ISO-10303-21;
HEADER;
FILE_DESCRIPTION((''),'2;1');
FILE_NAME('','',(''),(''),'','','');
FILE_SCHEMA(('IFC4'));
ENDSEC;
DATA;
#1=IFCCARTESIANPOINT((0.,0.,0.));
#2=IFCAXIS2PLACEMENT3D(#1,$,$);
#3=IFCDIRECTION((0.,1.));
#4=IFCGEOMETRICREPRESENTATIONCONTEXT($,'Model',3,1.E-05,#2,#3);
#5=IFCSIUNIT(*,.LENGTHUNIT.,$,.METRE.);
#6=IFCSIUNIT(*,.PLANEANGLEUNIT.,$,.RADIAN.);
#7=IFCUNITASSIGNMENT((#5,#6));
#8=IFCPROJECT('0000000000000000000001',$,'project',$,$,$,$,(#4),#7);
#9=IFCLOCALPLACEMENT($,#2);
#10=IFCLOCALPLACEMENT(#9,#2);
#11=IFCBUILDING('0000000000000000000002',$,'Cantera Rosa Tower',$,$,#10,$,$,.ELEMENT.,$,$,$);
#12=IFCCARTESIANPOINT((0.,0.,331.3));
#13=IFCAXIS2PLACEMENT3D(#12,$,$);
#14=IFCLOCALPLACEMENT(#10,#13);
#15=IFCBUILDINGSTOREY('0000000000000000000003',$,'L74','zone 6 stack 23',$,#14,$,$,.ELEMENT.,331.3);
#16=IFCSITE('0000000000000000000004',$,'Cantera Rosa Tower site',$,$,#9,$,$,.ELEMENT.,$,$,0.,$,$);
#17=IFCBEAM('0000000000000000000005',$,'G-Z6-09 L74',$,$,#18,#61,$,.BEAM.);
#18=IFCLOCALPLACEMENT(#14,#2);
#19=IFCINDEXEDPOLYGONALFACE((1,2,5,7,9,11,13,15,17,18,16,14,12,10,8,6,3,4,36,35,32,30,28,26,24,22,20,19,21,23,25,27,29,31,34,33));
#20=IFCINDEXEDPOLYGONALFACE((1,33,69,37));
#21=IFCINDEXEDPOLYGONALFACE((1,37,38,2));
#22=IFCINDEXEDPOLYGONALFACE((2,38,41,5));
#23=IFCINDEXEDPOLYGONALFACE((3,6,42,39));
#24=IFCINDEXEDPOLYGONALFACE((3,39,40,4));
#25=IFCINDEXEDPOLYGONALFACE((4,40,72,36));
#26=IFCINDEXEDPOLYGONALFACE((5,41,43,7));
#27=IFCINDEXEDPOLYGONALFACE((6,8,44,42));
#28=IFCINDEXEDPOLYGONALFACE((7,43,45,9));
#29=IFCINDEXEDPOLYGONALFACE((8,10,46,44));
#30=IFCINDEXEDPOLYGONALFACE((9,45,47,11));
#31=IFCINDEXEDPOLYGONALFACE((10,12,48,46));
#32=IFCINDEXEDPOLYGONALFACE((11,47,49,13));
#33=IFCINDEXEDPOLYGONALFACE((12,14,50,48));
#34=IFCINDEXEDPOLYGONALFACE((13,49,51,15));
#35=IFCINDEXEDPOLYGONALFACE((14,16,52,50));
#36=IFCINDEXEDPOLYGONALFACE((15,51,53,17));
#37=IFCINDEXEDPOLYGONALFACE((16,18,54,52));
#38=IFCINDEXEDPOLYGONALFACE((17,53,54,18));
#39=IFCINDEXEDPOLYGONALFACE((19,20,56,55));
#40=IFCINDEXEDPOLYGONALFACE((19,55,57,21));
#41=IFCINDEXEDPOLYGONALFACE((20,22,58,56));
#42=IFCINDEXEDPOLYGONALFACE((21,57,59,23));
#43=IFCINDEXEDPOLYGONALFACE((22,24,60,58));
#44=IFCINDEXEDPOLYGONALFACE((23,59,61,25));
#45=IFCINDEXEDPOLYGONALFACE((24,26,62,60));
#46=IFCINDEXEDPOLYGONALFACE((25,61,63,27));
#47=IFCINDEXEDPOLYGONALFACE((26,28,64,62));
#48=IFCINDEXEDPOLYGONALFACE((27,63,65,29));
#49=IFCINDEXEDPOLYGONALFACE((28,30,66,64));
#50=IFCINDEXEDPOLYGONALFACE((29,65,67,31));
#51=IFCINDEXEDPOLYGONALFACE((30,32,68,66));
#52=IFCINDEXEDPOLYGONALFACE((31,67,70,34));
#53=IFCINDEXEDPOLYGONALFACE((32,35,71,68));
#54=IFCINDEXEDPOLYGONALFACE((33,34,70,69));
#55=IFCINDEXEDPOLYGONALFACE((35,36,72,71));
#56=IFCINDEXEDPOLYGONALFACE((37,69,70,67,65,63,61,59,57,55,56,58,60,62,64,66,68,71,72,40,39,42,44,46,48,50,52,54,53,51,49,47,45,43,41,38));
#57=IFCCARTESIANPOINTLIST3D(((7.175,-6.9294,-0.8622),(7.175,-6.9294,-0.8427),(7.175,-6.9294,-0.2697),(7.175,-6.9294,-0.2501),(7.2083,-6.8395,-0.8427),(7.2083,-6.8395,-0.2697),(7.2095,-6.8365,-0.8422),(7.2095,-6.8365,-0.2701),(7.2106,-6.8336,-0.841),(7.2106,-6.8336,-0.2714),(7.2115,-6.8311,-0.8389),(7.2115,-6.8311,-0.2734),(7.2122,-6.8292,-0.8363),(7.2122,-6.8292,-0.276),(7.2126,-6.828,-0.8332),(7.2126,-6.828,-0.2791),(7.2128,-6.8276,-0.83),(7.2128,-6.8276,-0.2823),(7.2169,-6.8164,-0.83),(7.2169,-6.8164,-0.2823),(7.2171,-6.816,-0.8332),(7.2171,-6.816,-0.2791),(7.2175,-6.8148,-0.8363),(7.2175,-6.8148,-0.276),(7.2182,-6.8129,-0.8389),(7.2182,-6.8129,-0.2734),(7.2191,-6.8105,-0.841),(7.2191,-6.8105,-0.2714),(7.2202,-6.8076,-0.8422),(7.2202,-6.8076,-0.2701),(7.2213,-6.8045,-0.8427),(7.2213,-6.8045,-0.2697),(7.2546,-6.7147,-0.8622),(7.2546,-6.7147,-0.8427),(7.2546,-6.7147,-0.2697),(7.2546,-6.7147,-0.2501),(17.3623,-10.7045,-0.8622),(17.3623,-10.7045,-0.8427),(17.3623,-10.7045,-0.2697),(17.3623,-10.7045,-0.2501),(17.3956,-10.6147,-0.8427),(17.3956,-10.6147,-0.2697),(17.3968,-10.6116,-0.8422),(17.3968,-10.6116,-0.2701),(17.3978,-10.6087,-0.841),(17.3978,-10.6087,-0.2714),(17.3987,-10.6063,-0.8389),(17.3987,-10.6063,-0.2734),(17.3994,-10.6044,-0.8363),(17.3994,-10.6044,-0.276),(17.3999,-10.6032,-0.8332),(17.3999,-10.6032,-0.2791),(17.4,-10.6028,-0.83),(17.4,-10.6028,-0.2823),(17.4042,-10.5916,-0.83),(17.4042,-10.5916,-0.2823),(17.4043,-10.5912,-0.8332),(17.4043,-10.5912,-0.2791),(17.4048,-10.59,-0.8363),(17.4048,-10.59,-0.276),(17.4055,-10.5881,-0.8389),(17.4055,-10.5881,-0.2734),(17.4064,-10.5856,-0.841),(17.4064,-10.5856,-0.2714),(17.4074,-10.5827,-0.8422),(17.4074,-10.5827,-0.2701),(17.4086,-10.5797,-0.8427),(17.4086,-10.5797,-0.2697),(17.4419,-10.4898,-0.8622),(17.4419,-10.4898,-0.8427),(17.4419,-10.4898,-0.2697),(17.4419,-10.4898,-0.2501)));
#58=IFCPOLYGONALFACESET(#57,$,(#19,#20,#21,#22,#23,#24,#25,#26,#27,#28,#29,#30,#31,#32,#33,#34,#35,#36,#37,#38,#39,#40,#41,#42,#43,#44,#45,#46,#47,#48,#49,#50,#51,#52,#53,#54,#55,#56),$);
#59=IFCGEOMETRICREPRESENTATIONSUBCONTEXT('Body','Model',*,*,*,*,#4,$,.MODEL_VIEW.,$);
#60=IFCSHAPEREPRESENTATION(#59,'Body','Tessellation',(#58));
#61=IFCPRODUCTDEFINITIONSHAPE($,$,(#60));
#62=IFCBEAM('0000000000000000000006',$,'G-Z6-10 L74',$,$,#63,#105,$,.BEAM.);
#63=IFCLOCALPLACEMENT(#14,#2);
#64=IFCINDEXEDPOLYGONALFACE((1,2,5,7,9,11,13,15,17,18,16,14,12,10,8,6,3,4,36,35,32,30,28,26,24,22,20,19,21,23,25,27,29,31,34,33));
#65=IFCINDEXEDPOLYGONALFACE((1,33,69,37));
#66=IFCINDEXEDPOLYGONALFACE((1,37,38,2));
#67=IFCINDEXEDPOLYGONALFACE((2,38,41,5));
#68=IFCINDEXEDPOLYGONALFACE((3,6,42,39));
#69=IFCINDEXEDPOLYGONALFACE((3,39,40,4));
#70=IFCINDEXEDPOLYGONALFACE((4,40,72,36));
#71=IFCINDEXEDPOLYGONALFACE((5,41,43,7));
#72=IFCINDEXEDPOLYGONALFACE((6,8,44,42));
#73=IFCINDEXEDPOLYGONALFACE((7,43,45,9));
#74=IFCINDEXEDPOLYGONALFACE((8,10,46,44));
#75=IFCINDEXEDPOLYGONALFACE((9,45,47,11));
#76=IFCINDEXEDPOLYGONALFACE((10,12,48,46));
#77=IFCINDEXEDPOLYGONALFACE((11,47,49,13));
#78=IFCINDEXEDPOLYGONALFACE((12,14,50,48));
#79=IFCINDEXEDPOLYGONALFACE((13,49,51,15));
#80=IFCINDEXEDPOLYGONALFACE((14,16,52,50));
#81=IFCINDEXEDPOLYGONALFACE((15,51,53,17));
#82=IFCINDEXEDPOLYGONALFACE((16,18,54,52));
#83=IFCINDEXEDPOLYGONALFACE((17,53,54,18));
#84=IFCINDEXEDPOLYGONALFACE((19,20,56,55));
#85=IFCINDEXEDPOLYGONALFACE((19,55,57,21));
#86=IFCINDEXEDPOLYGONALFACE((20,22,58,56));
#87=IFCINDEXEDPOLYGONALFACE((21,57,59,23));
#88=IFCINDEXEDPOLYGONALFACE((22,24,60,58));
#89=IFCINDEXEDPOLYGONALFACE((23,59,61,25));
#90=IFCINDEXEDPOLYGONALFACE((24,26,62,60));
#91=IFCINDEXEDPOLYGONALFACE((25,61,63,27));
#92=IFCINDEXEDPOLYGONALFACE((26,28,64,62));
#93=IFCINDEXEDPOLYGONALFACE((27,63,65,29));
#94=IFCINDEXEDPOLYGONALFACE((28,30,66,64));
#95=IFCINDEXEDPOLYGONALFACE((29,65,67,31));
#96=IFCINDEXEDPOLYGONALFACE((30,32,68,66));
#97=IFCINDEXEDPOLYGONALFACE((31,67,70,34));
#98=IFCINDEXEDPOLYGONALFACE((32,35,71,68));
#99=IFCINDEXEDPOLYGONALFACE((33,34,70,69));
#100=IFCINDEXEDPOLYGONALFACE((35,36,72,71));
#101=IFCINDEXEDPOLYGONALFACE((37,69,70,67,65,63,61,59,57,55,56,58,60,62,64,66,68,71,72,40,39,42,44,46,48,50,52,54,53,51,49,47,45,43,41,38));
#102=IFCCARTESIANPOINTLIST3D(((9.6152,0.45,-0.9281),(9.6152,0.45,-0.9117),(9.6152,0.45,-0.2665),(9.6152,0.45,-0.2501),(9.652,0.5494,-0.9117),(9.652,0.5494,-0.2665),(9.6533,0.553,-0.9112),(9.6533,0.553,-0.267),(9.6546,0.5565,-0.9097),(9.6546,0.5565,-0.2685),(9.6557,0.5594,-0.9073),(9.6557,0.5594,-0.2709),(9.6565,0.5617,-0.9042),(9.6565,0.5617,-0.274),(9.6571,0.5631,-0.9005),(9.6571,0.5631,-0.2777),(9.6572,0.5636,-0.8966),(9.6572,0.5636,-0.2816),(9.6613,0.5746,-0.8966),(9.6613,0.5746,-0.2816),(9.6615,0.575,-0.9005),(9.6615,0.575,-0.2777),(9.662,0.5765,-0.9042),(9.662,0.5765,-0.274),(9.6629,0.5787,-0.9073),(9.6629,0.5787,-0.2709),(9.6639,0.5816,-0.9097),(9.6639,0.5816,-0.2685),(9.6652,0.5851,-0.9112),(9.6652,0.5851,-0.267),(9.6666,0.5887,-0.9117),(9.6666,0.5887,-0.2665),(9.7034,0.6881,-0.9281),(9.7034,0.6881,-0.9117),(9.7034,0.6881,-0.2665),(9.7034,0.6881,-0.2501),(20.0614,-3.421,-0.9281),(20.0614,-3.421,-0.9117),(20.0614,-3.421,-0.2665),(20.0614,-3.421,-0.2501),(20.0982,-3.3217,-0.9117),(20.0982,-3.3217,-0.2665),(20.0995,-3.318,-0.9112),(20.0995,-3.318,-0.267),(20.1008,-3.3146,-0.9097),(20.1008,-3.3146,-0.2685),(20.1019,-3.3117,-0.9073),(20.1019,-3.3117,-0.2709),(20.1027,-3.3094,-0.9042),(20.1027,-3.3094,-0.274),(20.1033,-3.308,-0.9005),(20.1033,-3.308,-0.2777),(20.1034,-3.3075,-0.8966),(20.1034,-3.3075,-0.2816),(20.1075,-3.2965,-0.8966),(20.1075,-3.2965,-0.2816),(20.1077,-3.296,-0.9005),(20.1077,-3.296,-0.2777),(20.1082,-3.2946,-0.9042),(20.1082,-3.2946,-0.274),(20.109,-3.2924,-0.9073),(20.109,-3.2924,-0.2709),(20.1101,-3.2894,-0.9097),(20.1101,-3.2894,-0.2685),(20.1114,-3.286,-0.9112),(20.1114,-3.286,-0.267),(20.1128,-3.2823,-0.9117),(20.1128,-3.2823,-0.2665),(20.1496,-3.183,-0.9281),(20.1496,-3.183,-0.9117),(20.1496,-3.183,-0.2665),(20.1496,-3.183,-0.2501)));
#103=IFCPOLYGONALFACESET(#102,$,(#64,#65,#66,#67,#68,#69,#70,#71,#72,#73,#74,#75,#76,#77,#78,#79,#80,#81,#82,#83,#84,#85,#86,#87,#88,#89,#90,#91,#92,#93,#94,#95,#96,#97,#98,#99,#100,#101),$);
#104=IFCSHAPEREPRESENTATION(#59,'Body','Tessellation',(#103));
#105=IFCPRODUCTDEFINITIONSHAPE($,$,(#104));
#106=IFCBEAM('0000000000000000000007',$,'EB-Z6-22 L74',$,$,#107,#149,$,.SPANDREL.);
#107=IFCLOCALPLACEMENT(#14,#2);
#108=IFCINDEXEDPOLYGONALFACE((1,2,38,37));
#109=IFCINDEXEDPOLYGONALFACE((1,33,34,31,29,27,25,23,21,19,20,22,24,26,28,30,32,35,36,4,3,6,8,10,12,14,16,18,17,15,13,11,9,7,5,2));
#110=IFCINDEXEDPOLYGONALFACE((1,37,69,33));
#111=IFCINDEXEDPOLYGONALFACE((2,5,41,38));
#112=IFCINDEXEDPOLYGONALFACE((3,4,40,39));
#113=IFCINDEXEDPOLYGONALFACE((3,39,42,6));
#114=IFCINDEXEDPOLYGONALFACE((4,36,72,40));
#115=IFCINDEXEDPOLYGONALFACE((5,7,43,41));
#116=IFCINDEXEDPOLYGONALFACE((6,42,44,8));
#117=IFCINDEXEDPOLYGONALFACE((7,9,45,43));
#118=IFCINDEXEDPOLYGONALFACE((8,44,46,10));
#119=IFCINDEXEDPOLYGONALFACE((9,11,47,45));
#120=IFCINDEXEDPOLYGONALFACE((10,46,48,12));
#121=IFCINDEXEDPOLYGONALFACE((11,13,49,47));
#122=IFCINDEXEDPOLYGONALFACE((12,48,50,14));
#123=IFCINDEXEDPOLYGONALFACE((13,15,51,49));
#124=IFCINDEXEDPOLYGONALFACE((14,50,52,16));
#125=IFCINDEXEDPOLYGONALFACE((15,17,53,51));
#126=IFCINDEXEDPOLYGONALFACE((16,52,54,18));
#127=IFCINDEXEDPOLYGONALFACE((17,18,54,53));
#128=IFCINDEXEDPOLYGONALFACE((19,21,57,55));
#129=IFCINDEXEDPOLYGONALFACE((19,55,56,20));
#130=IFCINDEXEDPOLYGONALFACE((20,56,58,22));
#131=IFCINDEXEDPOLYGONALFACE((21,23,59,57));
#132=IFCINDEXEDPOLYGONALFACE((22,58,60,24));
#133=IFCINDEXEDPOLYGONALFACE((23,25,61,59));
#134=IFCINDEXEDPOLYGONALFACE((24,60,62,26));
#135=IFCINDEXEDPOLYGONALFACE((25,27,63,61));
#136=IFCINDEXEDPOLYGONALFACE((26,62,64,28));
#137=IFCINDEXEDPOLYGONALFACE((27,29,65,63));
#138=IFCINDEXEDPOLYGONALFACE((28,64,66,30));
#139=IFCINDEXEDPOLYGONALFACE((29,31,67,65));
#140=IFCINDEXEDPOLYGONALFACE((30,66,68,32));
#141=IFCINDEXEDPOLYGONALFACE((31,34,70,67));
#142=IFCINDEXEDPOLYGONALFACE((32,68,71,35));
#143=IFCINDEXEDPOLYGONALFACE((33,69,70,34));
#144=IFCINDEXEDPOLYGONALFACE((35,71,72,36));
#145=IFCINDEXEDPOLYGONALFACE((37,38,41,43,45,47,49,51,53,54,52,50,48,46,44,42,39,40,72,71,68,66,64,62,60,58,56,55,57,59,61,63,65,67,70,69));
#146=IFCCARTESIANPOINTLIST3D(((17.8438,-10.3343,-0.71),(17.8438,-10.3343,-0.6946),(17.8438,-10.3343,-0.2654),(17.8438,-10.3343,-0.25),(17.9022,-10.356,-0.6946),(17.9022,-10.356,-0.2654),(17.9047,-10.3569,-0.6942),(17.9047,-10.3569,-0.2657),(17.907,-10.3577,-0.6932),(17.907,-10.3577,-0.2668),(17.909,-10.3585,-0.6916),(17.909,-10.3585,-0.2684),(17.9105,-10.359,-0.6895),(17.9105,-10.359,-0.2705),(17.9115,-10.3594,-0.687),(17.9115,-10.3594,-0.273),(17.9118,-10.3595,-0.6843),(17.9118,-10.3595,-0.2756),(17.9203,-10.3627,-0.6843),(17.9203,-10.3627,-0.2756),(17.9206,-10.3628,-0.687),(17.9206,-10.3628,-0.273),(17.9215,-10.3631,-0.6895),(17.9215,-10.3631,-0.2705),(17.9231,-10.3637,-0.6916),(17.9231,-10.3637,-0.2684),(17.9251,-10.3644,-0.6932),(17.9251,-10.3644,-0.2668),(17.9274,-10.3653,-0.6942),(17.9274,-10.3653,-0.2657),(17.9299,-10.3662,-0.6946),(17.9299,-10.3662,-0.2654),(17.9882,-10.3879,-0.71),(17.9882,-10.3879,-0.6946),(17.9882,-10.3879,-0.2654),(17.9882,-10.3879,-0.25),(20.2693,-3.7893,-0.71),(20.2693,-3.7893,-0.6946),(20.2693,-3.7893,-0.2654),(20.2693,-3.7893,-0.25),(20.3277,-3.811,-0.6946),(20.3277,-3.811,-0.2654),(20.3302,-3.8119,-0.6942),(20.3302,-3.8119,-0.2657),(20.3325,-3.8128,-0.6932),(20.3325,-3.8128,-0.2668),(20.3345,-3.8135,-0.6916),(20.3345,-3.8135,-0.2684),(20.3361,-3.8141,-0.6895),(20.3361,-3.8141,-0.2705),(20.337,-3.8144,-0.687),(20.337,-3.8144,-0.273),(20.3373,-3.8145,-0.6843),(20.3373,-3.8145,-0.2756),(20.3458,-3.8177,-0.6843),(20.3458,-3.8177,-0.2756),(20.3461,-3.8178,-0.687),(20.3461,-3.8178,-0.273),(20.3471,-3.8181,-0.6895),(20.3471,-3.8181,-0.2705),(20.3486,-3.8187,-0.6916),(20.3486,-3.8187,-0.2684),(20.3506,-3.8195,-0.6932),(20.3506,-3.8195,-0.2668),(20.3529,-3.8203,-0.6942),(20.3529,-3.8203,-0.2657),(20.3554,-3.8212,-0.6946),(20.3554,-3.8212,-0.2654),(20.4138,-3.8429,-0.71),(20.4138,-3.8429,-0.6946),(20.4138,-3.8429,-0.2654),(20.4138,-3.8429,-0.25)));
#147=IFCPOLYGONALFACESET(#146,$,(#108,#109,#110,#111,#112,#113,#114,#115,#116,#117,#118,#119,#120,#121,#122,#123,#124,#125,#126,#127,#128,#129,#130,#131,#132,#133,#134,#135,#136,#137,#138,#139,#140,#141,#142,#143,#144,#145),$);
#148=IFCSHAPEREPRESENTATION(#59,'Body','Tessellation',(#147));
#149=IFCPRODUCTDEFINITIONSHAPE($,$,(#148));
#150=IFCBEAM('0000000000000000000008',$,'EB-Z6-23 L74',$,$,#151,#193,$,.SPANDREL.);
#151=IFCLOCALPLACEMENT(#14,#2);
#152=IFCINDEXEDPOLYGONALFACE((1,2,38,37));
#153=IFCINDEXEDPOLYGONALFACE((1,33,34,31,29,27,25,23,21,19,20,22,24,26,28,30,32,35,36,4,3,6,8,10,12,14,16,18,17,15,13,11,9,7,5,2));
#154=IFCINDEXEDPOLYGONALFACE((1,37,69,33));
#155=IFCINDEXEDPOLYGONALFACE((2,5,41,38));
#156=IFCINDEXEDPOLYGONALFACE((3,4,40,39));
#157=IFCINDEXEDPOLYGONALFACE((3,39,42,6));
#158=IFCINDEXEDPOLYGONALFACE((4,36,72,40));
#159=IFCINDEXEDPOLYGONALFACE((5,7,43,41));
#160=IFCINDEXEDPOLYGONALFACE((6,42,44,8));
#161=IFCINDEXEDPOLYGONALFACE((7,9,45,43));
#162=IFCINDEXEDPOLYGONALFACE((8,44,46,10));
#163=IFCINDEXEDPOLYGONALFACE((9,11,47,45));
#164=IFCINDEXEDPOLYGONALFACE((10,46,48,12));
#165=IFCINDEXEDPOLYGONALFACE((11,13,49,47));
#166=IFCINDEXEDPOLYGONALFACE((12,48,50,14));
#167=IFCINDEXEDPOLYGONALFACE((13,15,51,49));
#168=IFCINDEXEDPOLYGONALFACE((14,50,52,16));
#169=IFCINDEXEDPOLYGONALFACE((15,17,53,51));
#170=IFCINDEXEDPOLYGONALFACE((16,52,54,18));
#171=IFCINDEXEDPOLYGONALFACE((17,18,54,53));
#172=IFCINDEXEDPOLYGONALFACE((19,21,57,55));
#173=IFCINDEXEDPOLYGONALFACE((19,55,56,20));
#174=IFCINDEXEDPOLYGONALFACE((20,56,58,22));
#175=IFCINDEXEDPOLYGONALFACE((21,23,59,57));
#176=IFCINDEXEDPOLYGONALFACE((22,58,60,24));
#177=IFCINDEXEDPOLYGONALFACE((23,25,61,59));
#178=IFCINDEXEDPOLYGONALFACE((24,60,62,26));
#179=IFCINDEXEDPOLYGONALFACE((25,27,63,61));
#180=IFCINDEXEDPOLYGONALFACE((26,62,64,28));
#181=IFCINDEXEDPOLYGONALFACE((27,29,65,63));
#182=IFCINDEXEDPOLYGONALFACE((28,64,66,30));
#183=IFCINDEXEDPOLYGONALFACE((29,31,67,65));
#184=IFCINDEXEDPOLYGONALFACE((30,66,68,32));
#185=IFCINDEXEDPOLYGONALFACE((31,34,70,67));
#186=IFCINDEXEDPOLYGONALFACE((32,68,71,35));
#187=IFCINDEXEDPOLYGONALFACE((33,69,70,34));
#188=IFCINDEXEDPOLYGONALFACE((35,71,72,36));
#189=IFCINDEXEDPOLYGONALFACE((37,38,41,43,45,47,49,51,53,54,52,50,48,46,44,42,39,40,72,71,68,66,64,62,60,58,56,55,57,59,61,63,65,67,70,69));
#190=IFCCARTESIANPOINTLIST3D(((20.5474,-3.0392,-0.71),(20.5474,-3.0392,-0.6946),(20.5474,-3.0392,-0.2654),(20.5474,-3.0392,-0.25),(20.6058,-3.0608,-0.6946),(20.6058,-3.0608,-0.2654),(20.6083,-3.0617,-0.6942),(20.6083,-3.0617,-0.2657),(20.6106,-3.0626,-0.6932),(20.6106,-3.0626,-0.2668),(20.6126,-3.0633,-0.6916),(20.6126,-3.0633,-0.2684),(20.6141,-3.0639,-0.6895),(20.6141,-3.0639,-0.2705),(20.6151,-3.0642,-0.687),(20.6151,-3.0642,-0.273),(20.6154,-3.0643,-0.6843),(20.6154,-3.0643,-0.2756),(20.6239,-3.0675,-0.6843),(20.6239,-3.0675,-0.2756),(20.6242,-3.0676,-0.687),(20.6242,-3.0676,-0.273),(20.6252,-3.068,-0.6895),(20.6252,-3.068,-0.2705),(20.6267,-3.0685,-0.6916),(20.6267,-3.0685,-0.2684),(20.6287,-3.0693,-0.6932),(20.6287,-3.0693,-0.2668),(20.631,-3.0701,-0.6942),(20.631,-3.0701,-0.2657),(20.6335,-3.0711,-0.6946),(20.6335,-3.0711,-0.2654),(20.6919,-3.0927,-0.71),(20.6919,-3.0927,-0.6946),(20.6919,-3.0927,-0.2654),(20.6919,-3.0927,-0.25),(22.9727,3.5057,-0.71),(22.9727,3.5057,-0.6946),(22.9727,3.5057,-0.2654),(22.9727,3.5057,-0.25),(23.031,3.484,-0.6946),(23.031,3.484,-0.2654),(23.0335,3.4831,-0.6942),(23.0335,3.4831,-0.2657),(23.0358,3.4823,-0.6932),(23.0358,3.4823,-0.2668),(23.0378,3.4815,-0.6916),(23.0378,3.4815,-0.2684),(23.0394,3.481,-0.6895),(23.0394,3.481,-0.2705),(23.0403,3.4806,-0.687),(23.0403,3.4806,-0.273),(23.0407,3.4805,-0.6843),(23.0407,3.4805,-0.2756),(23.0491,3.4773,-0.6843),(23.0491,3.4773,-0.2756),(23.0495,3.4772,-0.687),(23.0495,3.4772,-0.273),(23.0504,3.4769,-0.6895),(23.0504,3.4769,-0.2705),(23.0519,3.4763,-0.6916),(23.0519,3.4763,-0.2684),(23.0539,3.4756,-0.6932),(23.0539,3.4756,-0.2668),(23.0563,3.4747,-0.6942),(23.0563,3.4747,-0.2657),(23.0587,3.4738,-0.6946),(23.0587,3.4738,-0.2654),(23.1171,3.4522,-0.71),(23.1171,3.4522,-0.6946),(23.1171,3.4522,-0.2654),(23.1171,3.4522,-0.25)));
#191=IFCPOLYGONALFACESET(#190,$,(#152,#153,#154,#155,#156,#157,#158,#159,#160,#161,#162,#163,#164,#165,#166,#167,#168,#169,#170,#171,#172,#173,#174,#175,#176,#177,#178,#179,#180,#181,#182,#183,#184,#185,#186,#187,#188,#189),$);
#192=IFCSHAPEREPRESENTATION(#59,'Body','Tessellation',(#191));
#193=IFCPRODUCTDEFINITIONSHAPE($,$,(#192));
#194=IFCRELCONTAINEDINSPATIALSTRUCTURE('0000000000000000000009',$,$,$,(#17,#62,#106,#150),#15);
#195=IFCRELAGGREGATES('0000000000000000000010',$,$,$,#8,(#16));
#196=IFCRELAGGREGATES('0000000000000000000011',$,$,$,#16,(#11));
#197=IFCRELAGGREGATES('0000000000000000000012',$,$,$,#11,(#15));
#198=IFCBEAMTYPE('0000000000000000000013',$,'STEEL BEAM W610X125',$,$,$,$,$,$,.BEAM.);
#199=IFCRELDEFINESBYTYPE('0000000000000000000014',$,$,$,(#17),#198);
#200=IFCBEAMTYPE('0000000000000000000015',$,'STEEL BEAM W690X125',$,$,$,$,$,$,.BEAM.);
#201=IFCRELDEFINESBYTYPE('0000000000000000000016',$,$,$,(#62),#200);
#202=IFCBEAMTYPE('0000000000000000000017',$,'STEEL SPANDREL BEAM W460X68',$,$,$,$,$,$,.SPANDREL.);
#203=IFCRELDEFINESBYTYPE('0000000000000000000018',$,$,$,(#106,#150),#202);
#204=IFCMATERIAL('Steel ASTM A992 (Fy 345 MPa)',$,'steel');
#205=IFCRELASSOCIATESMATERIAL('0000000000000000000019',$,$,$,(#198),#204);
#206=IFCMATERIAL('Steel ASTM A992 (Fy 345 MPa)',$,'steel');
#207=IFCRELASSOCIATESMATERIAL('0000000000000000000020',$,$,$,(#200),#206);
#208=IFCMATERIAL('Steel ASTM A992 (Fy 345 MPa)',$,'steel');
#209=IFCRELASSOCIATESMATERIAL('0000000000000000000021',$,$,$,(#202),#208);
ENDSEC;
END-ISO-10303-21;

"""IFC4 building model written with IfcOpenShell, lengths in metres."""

from ifc_helpers import new_model, si_unit, direction, frame, origin, origin_2d, place, context, subcontext, project, spatial, i_section, extrude, material, material_profile, profile_set, type_object, element, save


model = new_model("IFC4")

# Units and contexts
model_context = context("Model", 3, precision=1e-05, world=origin(), true_north=direction((0.0, 1.0)))
body_context = subcontext(model_context, "Body", "Model", "MODEL_VIEW")
ifc_project = project(units=[si_unit("LENGTHUNIT", "METRE"), si_unit("PLANEANGLEUNIT", "RADIAN")], contexts=[model_context])

# Site, building, storey
site_placement = place(None, origin())
site = spatial("IfcSite", under=ifc_project, at=site_placement, Name="Cantera Rosa Tower site", CompositionType="ELEMENT", RefElevation=0.0)
building_placement = place(site_placement, origin())
building = spatial("IfcBuilding", under=site, at=building_placement, Name="Cantera Rosa Tower", CompositionType="ELEMENT")
storey_placement = place(building_placement, frame((0.0, 0.0, 331.3)))
storey = spatial("IfcBuildingStorey", under=building, at=storey_placement, Name="L74", Description="zone 6 stack 23", CompositionType="ELEMENT", Elevation=331.3)

# Beams
ifc_material_1 = material(Name="Steel ASTM A992 (Fy 345 MPa)", Category="steel")
ifc_material_profile_1 = material_profile(ifc_material_1, i_section(OverallWidth=0.229, OverallDepth=0.6121, WebThickness=0.012, FlangeThickness=0.0195, FilletRadius=0.0127, at=origin_2d()), Name="W610X125")
ifc_profile_set_1 = profile_set([ifc_material_profile_1], Name="Steel ASTM A992 (Fy 345 MPa)")
beam_type_1 = type_object("IfcBeamType", Name="STEEL BEAM W610X125", PredefinedType="BEAM", material=ifc_profile_set_1)
beam_1_placement = place(storey_placement, frame((17.4021, -10.5972, -0.5562), z_axis=(-0.937686, 0.347483, 0.0), x_axis=(-0.347483, -0.937686, 0.0)))
element("IfcBeam", 1, at=beam_1_placement, inside=storey, type_object=beam_type_1, Name="G-Z6-09 L74", PredefinedType="BEAM", context=body_context, shape_type="SweptSolid", body=[
    extrude(i_section(OverallWidth=0.229, OverallDepth=0.6121, WebThickness=0.012, FlangeThickness=0.0195, FilletRadius=0.0127, at=origin_2d()), origin(), (0.0, 0.0, 1.0), 10.8643),
])
ifc_material_2 = material(Name="Steel ASTM A992 (Fy 345 MPa)", Category="steel")
ifc_material_profile_2 = material_profile(ifc_material_2, i_section(OverallWidth=0.2539, OverallDepth=0.678, WebThickness=0.0117, FlangeThickness=0.0164, FilletRadius=0.0151, at=origin_2d()), Name="W690X125")
ifc_profile_set_2 = profile_set([ifc_material_profile_2], Name="Steel ASTM A992 (Fy 345 MPa)")
beam_type_2 = type_object("IfcBeamType", Name="STEEL BEAM W690X125", PredefinedType="BEAM", material=ifc_profile_set_2)
beam_2_placement = place(storey_placement, frame((20.1055, -3.302, -0.5891), z_axis=(-0.937687, 0.34748, 0.0), x_axis=(-0.34748, -0.937687, 0.0)))
element("IfcBeam", 2, at=beam_2_placement, inside=storey, type_object=beam_type_2, Name="G-Z6-10 L74", PredefinedType="BEAM", context=body_context, shape_type="SweptSolid", body=[
    extrude(i_section(OverallWidth=0.2539, OverallDepth=0.678, WebThickness=0.0117, FlangeThickness=0.0164, FilletRadius=0.0151, at=origin_2d()), origin(), (0.0, 0.0, 1.0), 11.1404),
])
ifc_material_3 = material(Name="Steel ASTM A992 (Fy 345 MPa)", Category="steel")
ifc_material_profile_3 = material_profile(ifc_material_3, i_section(OverallWidth=0.1541, OverallDepth=0.46, WebThickness=0.009, FlangeThickness=0.0154, FilletRadius=0.0103, at=origin_2d()), Name="W460X68")
ifc_profile_set_3 = profile_set([ifc_material_profile_3], Name="Steel ASTM A992 (Fy 345 MPa)")
beam_type_3 = type_object("IfcBeamType", Name="STEEL SPANDREL BEAM W460X68", PredefinedType="SPANDREL", material=ifc_profile_set_3)
beam_3_placement = place(storey_placement, frame((17.916, -10.3611, -0.48), z_axis=(0.347502, 0.937679, 0.0), x_axis=(-0.937679, 0.347502, 0.0)))
element("IfcBeam", 3, at=beam_3_placement, inside=storey, type_object=beam_type_3, Name="EB-Z6-22 L74", PredefinedType="SPANDREL", context=body_context, shape_type="SweptSolid", body=[
    extrude(i_section(OverallWidth=0.1541, OverallDepth=0.46, WebThickness=0.009, FlangeThickness=0.0154, FilletRadius=0.0103, at=origin_2d()), origin(), (0.0, 0.0, 1.0), 6.98),
])
beam_4_placement = place(storey_placement, frame((20.6196, -3.0659, -0.48), z_axis=(0.347472, 0.937691, 0.0), x_axis=(-0.937691, 0.347472, 0.0)))
element("IfcBeam", 4, at=beam_4_placement, inside=storey, type_object=beam_type_3, Name="EB-Z6-23 L74", PredefinedType="SPANDREL", context=body_context, shape_type="SweptSolid", body=[
    extrude(i_section(OverallWidth=0.1541, OverallDepth=0.46, WebThickness=0.009, FlangeThickness=0.0154, FilletRadius=0.0103, at=origin_2d()), origin(), (0.0, 0.0, 1.0), 6.9797),
])

save(model, "model.ifc")
